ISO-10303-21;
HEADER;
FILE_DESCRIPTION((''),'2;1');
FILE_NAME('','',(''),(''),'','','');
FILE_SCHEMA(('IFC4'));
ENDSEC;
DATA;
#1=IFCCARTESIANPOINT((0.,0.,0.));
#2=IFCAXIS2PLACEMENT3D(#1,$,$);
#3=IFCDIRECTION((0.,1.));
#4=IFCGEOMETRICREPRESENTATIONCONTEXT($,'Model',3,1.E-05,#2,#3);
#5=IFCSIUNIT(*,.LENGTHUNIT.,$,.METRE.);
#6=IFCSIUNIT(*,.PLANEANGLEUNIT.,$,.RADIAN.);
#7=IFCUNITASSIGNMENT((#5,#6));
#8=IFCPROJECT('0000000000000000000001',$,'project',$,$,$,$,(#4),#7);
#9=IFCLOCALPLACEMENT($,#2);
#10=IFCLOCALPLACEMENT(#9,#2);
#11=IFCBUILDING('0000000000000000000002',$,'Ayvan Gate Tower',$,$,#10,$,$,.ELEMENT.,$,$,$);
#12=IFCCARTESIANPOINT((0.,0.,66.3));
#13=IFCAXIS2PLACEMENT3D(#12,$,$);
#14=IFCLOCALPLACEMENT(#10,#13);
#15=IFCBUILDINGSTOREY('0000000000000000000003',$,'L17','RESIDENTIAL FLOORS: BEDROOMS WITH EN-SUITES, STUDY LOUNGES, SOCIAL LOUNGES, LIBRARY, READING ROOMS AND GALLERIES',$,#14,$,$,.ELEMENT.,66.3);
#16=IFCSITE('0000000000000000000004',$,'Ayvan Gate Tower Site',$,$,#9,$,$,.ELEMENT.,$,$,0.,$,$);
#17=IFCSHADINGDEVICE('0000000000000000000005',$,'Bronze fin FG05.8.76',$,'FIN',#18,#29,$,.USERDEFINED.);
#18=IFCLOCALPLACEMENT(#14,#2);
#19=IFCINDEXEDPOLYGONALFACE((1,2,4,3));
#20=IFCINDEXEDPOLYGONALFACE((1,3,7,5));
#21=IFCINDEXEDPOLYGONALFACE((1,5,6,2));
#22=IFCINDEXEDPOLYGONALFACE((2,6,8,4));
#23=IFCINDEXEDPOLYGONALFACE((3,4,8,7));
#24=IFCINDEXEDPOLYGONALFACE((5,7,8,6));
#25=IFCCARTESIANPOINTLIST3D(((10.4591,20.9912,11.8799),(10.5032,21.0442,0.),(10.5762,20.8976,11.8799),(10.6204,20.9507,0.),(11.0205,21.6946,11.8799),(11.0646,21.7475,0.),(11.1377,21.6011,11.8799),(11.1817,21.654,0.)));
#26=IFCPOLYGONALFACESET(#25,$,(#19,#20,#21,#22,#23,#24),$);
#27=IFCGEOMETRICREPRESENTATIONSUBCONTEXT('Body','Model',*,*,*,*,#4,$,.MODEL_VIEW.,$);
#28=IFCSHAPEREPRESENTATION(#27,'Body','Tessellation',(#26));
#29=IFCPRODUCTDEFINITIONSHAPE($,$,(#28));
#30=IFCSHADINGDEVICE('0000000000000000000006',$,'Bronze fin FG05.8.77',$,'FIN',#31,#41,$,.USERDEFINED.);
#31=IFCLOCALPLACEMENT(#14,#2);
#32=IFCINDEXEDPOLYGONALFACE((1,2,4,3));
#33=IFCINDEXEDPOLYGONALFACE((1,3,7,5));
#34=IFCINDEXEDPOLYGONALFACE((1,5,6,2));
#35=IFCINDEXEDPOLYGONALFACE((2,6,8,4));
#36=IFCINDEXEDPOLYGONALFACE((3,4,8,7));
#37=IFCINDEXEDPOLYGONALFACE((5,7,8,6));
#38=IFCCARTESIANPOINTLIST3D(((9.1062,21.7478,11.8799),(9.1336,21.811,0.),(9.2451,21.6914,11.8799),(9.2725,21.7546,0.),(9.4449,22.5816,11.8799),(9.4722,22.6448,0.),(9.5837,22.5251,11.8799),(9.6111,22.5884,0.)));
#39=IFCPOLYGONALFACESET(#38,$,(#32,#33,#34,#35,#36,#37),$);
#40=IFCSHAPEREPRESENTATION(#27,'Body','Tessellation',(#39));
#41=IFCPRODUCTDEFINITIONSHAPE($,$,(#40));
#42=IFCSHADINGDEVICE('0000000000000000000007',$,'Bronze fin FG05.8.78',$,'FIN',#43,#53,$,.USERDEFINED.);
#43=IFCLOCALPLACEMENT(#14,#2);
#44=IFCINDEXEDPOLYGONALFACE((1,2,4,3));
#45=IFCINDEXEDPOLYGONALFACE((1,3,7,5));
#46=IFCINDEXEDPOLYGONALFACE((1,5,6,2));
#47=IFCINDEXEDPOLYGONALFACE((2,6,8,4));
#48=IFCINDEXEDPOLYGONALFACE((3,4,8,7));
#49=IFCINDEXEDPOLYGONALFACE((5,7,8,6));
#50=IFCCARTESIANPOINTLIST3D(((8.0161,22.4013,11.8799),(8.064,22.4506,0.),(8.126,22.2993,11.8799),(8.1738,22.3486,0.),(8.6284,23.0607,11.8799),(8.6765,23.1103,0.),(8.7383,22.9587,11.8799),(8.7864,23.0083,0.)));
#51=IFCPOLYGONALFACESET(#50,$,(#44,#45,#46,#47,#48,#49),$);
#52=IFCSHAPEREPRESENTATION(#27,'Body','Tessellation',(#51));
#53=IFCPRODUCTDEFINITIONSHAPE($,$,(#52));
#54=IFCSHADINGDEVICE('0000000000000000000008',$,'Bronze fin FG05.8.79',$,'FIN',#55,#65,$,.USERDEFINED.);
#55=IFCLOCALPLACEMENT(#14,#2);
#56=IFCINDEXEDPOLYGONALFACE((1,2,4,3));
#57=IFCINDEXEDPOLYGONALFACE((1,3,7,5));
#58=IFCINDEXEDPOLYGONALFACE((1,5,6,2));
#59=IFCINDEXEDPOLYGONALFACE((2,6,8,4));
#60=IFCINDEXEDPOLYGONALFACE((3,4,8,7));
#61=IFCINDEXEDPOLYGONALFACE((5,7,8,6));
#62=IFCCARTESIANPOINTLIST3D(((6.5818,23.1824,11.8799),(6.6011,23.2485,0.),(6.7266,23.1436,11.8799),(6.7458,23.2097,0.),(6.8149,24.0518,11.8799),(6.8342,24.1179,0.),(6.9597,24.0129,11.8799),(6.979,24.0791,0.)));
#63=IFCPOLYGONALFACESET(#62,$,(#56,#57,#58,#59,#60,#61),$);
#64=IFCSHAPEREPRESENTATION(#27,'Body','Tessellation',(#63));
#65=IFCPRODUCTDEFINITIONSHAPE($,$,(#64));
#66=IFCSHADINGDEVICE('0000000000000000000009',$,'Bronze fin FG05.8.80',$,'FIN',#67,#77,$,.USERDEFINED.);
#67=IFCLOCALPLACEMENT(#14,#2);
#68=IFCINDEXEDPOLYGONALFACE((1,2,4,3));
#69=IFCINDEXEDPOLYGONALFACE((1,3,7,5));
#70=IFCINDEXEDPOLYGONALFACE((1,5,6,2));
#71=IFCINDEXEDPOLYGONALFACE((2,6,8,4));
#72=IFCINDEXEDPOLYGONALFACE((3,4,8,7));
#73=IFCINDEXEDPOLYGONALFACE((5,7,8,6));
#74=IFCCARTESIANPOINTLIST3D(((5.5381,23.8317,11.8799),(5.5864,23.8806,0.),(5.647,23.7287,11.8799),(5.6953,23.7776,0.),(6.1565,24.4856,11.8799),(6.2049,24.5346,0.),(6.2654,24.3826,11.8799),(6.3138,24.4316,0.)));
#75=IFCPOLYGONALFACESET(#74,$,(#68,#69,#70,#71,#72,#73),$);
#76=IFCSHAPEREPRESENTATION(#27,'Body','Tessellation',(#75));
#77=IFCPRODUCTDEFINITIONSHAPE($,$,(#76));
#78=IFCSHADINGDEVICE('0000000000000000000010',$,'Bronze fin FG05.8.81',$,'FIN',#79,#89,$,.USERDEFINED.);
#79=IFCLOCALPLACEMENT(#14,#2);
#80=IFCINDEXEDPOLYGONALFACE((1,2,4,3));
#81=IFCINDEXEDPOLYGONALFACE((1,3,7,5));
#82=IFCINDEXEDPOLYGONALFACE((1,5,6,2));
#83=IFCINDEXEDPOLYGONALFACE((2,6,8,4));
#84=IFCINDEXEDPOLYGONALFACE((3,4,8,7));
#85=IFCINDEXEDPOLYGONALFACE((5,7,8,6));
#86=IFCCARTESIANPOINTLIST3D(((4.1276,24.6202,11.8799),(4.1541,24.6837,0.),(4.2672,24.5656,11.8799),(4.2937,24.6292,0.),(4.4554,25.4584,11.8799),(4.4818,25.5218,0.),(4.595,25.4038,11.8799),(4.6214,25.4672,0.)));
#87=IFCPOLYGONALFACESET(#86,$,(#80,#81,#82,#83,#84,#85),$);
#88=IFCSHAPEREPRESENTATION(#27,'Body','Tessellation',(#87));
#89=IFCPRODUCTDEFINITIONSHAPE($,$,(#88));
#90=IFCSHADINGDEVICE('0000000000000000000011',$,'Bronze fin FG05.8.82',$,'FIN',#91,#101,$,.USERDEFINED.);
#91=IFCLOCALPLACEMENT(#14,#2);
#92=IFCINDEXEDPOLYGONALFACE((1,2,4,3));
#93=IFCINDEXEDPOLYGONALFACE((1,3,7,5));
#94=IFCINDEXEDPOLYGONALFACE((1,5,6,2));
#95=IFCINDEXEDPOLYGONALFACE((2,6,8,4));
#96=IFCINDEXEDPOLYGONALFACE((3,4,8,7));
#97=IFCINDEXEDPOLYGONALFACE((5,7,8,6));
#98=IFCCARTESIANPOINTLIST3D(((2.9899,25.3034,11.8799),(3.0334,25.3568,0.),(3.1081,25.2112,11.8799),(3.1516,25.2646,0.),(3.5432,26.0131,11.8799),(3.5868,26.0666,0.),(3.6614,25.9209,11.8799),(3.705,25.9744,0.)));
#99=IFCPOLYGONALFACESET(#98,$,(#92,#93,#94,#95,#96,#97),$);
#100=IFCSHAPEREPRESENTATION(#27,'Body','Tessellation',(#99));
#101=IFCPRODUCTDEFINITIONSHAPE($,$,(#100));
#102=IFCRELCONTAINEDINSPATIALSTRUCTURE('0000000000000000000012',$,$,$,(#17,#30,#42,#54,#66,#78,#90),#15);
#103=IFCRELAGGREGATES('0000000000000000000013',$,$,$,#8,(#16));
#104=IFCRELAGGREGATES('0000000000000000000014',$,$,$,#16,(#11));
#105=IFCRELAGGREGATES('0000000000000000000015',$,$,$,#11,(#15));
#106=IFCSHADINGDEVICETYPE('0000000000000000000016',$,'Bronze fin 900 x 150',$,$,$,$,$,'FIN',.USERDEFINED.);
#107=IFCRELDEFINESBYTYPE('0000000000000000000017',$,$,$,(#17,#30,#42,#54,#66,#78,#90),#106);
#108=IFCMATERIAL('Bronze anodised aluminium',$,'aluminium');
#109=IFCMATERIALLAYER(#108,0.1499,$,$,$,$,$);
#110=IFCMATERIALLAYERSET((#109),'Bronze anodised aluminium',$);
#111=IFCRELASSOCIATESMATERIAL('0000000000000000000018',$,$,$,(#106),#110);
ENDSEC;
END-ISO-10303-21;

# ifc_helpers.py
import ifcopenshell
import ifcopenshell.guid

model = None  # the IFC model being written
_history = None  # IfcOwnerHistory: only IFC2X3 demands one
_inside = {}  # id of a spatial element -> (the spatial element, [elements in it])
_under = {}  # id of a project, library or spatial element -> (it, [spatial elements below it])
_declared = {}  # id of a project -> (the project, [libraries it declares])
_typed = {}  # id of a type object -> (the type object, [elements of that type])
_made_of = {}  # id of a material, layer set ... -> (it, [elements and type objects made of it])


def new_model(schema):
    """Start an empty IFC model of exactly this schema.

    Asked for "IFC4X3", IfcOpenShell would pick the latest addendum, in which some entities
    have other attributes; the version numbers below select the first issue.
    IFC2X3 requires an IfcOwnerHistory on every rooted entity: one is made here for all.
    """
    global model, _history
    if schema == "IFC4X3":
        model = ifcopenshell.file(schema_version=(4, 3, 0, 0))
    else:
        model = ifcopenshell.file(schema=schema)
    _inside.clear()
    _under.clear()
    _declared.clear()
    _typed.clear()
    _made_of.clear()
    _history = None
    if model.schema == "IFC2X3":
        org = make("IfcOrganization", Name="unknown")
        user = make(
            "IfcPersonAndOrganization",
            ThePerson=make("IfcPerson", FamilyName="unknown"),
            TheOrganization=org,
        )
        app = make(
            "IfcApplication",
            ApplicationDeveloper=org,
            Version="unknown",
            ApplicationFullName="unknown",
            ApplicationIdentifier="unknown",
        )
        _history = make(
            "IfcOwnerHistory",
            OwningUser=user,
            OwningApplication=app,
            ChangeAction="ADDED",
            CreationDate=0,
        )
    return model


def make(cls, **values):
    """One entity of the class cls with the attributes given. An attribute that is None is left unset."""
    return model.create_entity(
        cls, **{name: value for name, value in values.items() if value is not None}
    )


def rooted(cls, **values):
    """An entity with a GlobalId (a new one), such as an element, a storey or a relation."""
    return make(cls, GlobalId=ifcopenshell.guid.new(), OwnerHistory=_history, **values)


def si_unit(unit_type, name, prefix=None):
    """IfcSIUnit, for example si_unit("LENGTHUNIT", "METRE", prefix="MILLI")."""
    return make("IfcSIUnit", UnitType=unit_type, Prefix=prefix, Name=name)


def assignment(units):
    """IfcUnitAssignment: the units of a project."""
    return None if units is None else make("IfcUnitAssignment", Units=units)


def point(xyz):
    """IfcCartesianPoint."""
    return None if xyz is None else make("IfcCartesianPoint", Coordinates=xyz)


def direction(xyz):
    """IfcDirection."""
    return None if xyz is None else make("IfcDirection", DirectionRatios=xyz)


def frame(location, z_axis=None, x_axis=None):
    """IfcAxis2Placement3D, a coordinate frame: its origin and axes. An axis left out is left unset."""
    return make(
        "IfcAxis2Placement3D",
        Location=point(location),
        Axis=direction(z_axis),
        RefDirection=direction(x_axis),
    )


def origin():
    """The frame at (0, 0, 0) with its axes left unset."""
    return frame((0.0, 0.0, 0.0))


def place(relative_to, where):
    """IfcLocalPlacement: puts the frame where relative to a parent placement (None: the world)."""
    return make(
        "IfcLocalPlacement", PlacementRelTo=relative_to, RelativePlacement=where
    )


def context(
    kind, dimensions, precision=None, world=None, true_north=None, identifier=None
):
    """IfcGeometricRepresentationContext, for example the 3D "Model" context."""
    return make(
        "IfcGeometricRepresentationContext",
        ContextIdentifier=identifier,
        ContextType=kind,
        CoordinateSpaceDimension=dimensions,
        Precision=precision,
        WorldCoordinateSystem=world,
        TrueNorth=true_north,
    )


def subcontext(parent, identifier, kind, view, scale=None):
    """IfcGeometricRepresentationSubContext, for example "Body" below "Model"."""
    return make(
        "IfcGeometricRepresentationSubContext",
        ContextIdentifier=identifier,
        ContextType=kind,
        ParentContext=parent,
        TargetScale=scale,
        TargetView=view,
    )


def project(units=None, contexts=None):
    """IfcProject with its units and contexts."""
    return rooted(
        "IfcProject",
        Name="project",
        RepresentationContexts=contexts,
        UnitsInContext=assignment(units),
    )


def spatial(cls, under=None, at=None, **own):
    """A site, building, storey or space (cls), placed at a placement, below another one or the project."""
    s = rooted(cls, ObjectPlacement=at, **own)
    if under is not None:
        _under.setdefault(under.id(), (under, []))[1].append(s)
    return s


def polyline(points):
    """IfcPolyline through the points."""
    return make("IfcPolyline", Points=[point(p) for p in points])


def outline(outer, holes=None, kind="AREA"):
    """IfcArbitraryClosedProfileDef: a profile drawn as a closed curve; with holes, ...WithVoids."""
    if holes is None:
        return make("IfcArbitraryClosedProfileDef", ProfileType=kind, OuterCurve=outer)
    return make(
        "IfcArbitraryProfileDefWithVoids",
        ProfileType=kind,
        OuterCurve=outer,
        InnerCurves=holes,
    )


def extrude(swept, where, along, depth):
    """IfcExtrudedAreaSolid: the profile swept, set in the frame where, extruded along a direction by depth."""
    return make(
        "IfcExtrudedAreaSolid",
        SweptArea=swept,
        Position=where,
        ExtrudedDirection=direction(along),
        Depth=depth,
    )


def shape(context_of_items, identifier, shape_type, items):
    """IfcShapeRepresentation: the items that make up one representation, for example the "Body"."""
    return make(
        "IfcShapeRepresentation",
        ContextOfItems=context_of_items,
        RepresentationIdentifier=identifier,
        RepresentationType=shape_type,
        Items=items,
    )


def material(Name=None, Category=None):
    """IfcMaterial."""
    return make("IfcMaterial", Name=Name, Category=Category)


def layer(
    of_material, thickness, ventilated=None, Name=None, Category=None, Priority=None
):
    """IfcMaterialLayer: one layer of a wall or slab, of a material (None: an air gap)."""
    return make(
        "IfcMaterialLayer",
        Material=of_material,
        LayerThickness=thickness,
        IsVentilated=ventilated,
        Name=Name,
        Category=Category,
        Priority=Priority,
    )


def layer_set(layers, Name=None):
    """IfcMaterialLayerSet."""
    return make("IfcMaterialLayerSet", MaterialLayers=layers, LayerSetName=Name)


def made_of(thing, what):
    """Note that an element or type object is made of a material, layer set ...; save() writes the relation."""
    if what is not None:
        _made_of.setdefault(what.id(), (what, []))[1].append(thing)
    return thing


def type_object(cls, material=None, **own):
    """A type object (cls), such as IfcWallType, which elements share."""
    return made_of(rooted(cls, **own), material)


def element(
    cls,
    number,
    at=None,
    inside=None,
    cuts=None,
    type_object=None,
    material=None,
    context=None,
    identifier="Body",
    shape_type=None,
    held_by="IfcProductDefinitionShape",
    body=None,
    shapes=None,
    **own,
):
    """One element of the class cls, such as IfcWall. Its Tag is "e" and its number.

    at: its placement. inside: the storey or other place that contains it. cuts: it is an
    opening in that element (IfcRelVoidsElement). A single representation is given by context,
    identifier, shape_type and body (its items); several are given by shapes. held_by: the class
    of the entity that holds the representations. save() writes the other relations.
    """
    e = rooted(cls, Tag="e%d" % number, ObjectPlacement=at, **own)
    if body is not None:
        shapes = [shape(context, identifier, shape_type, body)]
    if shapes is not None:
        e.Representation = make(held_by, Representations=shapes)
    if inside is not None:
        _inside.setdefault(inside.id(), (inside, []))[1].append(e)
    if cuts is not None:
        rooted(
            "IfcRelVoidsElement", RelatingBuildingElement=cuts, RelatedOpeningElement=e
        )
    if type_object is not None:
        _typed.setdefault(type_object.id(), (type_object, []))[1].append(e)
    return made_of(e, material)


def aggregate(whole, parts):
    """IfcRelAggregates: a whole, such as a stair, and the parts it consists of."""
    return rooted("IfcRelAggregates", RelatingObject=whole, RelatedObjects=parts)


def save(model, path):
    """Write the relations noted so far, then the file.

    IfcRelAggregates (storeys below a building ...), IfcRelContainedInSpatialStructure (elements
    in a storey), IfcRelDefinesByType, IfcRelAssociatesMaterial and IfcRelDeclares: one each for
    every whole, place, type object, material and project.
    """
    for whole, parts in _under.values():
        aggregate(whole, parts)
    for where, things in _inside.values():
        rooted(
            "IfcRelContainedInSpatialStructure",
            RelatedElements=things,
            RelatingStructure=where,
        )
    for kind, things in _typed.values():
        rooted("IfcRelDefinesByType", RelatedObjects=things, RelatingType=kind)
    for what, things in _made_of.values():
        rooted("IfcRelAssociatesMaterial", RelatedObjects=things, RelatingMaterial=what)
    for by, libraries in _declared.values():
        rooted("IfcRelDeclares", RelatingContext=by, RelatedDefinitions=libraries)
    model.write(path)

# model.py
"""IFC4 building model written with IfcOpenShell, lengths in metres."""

from ifc_helpers import new_model, si_unit, direction, frame, origin, place, context, subcontext, project, spatial, polyline, outline, extrude, material, layer, layer_set, type_object, element, save


model = new_model("IFC4")

# Units and contexts
model_context = context("Model", 3, precision=1e-05, world=origin(), true_north=direction((0.0, 1.0)))
body_context = subcontext(model_context, "Body", "Model", "MODEL_VIEW")
ifc_project = project(units=[si_unit("LENGTHUNIT", "METRE"), si_unit("PLANEANGLEUNIT", "RADIAN")], contexts=[model_context])

# Site, building, storey
site_placement = place(None, origin())
site = spatial("IfcSite", under=ifc_project, at=site_placement, Name="Ayvan Gate Tower Site", CompositionType="ELEMENT", RefElevation=0.0)
building_placement = place(site_placement, origin())
building = spatial("IfcBuilding", under=site, at=building_placement, Name="Ayvan Gate Tower", CompositionType="ELEMENT")
storey_placement = place(building_placement, frame((0.0, 0.0, 66.3)))
storey = spatial("IfcBuildingStorey", under=building, at=storey_placement, Name="L17", Description="RESIDENTIAL FLOORS: BEDROOMS WITH EN-SUITES, STUDY LOUNGES, SOCIAL LOUNGES, LIBRARY, READING ROOMS AND GALLERIES", CompositionType="ELEMENT", Elevation=66.3)

# Shared definitions
ifc_material_1 = material(Name="Bronze anodised aluminium", Category="aluminium")

# Shading devices
ifc_layer_1 = layer(ifc_material_1, 0.1499)
ifc_layer_set_1 = layer_set([ifc_layer_1], Name="Bronze anodised aluminium")
shading_device_type = type_object("IfcShadingDeviceType", Name="Bronze fin 900 x 150", ElementType="FIN", PredefinedType="USERDEFINED", material=ifc_layer_set_1)
shading_device_1_placement = place(storey_placement, frame((10.6204, 20.9507, 0.0), z_axis=(0.78157, -0.623818, 0.000117), x_axis=(0.623818, 0.78157, 0.0)))
element("IfcShadingDevice", 1, at=shading_device_1_placement, inside=storey, type_object=shading_device_type, Name="Bronze fin FG05.8.76", ObjectType="FIN", PredefinedType="USERDEFINED", context=body_context, shape_type="SweptSolid", body=[
    extrude(outline(polyline([(0.0, 0.0), (0.8999, 0.0), (0.831, 11.8799), (-0.069, 11.8799), (0.0, 0.0)])), origin(), (0.0, 0.0, -1.0), 0.1499),
])
shading_device_2_placement = place(storey_placement, frame((9.2725, 21.7546, 0.0), z_axis=(0.926499, -0.376297, 0.00013), x_axis=(0.376297, 0.926499, 0.0)))
element("IfcShadingDevice", 2, at=shading_device_2_placement, inside=storey, type_object=shading_device_type, Name="Bronze fin FG05.8.77", ObjectType="FIN", PredefinedType="USERDEFINED", context=body_context, shape_type="SweptSolid", body=[
    extrude(outline(polyline([(0.0, 0.0), (0.8999, 0.0), (0.831, 11.8799), (-0.0689, 11.8799), (0.0, 0.0)])), origin(), (0.0, 0.0, -1.0), 0.1499),
])
shading_device_3_placement = place(storey_placement, frame((8.1738, 22.3486, 0.0), z_axis=(0.732798, -0.680446, 0.000128), x_axis=(0.680446, 0.732798, 0.0)))
element("IfcShadingDevice", 3, at=shading_device_3_placement, inside=storey, type_object=shading_device_type, Name="Bronze fin FG05.8.78", ObjectType="FIN", PredefinedType="USERDEFINED", context=body_context, shape_type="SweptSolid", body=[
    extrude(outline(polyline([(0.0, 0.0), (0.9002, 0.0), (0.8312, 11.8799), (-0.0687, 11.8799), (0.0, 0.0)])), origin(), (0.0, 0.0, -1.0), 0.1499),
])
shading_device_4_placement = place(storey_placement, frame((6.7458, 23.2097, 0.0), z_axis=(0.965869, -0.25903, 0.000125), x_axis=(0.25903, 0.965869, 0.0)))
element("IfcShadingDevice", 4, at=shading_device_4_placement, inside=storey, type_object=shading_device_type, Name="Bronze fin FG05.8.79", ObjectType="FIN", PredefinedType="USERDEFINED", context=body_context, shape_type="SweptSolid", body=[
    extrude(outline(polyline([(0.0, 0.0), (0.9001, 0.0), (0.8312, 11.8799), (-0.0689, 11.8799), (0.0, 0.0)])), origin(), (0.0, 0.0, -1.0), 0.1499),
])
shading_device_5_placement = place(storey_placement, frame((5.6953, 23.7776, 0.0), z_axis=(0.726565, -0.687097, 0.000125), x_axis=(0.687097, 0.726565, 0.0)))
element("IfcShadingDevice", 5, at=shading_device_5_placement, inside=storey, type_object=shading_device_type, Name="Bronze fin FG05.8.80", ObjectType="FIN", PredefinedType="USERDEFINED", context=body_context, shape_type="SweptSolid", body=[
    extrude(outline(polyline([(0.0, 0.0), (0.9001, 0.0), (0.8313, 11.8799), (-0.0687, 11.8799), (0.0, 0.0)])), origin(), (0.0, 0.0, -1.0), 0.1499),
])
shading_device_6_placement = place(storey_placement, frame((4.2937, 24.6292, 0.0), z_axis=(0.931321, -0.3642, 0.000131), x_axis=(0.3642, 0.931321, 0.0)))
element("IfcShadingDevice", 6, at=shading_device_6_placement, inside=storey, type_object=shading_device_type, Name="Bronze fin FG05.8.81", ObjectType="FIN", PredefinedType="USERDEFINED", context=body_context, shape_type="SweptSolid", body=[
    extrude(outline(polyline([(0.0, 0.0), (0.8999, 0.0), (0.8312, 11.8799), (-0.0688, 11.8799), (0.0, 0.0)])), origin(), (0.0, 0.0, -1.0), 0.1499),
])
shading_device_7_placement = place(storey_placement, frame((3.1516, 25.2646, 0.0), z_axis=(0.788629, -0.61487, 0.000126), x_axis=(0.61487, 0.788629, 0.0)))
element("IfcShadingDevice", 7, at=shading_device_7_placement, inside=storey, type_object=shading_device_type, Name="Bronze fin FG05.8.82", ObjectType="FIN", PredefinedType="USERDEFINED", context=body_context, shape_type="SweptSolid", body=[
    extrude(outline(polyline([(0.0, 0.0), (0.9, 0.0), (0.831, 11.8799), (-0.0689, 11.8799), (0.0, 0.0)])), origin(), (0.0, 0.0, -1.0), 0.1499),
])

save(model, "model.ifc")
